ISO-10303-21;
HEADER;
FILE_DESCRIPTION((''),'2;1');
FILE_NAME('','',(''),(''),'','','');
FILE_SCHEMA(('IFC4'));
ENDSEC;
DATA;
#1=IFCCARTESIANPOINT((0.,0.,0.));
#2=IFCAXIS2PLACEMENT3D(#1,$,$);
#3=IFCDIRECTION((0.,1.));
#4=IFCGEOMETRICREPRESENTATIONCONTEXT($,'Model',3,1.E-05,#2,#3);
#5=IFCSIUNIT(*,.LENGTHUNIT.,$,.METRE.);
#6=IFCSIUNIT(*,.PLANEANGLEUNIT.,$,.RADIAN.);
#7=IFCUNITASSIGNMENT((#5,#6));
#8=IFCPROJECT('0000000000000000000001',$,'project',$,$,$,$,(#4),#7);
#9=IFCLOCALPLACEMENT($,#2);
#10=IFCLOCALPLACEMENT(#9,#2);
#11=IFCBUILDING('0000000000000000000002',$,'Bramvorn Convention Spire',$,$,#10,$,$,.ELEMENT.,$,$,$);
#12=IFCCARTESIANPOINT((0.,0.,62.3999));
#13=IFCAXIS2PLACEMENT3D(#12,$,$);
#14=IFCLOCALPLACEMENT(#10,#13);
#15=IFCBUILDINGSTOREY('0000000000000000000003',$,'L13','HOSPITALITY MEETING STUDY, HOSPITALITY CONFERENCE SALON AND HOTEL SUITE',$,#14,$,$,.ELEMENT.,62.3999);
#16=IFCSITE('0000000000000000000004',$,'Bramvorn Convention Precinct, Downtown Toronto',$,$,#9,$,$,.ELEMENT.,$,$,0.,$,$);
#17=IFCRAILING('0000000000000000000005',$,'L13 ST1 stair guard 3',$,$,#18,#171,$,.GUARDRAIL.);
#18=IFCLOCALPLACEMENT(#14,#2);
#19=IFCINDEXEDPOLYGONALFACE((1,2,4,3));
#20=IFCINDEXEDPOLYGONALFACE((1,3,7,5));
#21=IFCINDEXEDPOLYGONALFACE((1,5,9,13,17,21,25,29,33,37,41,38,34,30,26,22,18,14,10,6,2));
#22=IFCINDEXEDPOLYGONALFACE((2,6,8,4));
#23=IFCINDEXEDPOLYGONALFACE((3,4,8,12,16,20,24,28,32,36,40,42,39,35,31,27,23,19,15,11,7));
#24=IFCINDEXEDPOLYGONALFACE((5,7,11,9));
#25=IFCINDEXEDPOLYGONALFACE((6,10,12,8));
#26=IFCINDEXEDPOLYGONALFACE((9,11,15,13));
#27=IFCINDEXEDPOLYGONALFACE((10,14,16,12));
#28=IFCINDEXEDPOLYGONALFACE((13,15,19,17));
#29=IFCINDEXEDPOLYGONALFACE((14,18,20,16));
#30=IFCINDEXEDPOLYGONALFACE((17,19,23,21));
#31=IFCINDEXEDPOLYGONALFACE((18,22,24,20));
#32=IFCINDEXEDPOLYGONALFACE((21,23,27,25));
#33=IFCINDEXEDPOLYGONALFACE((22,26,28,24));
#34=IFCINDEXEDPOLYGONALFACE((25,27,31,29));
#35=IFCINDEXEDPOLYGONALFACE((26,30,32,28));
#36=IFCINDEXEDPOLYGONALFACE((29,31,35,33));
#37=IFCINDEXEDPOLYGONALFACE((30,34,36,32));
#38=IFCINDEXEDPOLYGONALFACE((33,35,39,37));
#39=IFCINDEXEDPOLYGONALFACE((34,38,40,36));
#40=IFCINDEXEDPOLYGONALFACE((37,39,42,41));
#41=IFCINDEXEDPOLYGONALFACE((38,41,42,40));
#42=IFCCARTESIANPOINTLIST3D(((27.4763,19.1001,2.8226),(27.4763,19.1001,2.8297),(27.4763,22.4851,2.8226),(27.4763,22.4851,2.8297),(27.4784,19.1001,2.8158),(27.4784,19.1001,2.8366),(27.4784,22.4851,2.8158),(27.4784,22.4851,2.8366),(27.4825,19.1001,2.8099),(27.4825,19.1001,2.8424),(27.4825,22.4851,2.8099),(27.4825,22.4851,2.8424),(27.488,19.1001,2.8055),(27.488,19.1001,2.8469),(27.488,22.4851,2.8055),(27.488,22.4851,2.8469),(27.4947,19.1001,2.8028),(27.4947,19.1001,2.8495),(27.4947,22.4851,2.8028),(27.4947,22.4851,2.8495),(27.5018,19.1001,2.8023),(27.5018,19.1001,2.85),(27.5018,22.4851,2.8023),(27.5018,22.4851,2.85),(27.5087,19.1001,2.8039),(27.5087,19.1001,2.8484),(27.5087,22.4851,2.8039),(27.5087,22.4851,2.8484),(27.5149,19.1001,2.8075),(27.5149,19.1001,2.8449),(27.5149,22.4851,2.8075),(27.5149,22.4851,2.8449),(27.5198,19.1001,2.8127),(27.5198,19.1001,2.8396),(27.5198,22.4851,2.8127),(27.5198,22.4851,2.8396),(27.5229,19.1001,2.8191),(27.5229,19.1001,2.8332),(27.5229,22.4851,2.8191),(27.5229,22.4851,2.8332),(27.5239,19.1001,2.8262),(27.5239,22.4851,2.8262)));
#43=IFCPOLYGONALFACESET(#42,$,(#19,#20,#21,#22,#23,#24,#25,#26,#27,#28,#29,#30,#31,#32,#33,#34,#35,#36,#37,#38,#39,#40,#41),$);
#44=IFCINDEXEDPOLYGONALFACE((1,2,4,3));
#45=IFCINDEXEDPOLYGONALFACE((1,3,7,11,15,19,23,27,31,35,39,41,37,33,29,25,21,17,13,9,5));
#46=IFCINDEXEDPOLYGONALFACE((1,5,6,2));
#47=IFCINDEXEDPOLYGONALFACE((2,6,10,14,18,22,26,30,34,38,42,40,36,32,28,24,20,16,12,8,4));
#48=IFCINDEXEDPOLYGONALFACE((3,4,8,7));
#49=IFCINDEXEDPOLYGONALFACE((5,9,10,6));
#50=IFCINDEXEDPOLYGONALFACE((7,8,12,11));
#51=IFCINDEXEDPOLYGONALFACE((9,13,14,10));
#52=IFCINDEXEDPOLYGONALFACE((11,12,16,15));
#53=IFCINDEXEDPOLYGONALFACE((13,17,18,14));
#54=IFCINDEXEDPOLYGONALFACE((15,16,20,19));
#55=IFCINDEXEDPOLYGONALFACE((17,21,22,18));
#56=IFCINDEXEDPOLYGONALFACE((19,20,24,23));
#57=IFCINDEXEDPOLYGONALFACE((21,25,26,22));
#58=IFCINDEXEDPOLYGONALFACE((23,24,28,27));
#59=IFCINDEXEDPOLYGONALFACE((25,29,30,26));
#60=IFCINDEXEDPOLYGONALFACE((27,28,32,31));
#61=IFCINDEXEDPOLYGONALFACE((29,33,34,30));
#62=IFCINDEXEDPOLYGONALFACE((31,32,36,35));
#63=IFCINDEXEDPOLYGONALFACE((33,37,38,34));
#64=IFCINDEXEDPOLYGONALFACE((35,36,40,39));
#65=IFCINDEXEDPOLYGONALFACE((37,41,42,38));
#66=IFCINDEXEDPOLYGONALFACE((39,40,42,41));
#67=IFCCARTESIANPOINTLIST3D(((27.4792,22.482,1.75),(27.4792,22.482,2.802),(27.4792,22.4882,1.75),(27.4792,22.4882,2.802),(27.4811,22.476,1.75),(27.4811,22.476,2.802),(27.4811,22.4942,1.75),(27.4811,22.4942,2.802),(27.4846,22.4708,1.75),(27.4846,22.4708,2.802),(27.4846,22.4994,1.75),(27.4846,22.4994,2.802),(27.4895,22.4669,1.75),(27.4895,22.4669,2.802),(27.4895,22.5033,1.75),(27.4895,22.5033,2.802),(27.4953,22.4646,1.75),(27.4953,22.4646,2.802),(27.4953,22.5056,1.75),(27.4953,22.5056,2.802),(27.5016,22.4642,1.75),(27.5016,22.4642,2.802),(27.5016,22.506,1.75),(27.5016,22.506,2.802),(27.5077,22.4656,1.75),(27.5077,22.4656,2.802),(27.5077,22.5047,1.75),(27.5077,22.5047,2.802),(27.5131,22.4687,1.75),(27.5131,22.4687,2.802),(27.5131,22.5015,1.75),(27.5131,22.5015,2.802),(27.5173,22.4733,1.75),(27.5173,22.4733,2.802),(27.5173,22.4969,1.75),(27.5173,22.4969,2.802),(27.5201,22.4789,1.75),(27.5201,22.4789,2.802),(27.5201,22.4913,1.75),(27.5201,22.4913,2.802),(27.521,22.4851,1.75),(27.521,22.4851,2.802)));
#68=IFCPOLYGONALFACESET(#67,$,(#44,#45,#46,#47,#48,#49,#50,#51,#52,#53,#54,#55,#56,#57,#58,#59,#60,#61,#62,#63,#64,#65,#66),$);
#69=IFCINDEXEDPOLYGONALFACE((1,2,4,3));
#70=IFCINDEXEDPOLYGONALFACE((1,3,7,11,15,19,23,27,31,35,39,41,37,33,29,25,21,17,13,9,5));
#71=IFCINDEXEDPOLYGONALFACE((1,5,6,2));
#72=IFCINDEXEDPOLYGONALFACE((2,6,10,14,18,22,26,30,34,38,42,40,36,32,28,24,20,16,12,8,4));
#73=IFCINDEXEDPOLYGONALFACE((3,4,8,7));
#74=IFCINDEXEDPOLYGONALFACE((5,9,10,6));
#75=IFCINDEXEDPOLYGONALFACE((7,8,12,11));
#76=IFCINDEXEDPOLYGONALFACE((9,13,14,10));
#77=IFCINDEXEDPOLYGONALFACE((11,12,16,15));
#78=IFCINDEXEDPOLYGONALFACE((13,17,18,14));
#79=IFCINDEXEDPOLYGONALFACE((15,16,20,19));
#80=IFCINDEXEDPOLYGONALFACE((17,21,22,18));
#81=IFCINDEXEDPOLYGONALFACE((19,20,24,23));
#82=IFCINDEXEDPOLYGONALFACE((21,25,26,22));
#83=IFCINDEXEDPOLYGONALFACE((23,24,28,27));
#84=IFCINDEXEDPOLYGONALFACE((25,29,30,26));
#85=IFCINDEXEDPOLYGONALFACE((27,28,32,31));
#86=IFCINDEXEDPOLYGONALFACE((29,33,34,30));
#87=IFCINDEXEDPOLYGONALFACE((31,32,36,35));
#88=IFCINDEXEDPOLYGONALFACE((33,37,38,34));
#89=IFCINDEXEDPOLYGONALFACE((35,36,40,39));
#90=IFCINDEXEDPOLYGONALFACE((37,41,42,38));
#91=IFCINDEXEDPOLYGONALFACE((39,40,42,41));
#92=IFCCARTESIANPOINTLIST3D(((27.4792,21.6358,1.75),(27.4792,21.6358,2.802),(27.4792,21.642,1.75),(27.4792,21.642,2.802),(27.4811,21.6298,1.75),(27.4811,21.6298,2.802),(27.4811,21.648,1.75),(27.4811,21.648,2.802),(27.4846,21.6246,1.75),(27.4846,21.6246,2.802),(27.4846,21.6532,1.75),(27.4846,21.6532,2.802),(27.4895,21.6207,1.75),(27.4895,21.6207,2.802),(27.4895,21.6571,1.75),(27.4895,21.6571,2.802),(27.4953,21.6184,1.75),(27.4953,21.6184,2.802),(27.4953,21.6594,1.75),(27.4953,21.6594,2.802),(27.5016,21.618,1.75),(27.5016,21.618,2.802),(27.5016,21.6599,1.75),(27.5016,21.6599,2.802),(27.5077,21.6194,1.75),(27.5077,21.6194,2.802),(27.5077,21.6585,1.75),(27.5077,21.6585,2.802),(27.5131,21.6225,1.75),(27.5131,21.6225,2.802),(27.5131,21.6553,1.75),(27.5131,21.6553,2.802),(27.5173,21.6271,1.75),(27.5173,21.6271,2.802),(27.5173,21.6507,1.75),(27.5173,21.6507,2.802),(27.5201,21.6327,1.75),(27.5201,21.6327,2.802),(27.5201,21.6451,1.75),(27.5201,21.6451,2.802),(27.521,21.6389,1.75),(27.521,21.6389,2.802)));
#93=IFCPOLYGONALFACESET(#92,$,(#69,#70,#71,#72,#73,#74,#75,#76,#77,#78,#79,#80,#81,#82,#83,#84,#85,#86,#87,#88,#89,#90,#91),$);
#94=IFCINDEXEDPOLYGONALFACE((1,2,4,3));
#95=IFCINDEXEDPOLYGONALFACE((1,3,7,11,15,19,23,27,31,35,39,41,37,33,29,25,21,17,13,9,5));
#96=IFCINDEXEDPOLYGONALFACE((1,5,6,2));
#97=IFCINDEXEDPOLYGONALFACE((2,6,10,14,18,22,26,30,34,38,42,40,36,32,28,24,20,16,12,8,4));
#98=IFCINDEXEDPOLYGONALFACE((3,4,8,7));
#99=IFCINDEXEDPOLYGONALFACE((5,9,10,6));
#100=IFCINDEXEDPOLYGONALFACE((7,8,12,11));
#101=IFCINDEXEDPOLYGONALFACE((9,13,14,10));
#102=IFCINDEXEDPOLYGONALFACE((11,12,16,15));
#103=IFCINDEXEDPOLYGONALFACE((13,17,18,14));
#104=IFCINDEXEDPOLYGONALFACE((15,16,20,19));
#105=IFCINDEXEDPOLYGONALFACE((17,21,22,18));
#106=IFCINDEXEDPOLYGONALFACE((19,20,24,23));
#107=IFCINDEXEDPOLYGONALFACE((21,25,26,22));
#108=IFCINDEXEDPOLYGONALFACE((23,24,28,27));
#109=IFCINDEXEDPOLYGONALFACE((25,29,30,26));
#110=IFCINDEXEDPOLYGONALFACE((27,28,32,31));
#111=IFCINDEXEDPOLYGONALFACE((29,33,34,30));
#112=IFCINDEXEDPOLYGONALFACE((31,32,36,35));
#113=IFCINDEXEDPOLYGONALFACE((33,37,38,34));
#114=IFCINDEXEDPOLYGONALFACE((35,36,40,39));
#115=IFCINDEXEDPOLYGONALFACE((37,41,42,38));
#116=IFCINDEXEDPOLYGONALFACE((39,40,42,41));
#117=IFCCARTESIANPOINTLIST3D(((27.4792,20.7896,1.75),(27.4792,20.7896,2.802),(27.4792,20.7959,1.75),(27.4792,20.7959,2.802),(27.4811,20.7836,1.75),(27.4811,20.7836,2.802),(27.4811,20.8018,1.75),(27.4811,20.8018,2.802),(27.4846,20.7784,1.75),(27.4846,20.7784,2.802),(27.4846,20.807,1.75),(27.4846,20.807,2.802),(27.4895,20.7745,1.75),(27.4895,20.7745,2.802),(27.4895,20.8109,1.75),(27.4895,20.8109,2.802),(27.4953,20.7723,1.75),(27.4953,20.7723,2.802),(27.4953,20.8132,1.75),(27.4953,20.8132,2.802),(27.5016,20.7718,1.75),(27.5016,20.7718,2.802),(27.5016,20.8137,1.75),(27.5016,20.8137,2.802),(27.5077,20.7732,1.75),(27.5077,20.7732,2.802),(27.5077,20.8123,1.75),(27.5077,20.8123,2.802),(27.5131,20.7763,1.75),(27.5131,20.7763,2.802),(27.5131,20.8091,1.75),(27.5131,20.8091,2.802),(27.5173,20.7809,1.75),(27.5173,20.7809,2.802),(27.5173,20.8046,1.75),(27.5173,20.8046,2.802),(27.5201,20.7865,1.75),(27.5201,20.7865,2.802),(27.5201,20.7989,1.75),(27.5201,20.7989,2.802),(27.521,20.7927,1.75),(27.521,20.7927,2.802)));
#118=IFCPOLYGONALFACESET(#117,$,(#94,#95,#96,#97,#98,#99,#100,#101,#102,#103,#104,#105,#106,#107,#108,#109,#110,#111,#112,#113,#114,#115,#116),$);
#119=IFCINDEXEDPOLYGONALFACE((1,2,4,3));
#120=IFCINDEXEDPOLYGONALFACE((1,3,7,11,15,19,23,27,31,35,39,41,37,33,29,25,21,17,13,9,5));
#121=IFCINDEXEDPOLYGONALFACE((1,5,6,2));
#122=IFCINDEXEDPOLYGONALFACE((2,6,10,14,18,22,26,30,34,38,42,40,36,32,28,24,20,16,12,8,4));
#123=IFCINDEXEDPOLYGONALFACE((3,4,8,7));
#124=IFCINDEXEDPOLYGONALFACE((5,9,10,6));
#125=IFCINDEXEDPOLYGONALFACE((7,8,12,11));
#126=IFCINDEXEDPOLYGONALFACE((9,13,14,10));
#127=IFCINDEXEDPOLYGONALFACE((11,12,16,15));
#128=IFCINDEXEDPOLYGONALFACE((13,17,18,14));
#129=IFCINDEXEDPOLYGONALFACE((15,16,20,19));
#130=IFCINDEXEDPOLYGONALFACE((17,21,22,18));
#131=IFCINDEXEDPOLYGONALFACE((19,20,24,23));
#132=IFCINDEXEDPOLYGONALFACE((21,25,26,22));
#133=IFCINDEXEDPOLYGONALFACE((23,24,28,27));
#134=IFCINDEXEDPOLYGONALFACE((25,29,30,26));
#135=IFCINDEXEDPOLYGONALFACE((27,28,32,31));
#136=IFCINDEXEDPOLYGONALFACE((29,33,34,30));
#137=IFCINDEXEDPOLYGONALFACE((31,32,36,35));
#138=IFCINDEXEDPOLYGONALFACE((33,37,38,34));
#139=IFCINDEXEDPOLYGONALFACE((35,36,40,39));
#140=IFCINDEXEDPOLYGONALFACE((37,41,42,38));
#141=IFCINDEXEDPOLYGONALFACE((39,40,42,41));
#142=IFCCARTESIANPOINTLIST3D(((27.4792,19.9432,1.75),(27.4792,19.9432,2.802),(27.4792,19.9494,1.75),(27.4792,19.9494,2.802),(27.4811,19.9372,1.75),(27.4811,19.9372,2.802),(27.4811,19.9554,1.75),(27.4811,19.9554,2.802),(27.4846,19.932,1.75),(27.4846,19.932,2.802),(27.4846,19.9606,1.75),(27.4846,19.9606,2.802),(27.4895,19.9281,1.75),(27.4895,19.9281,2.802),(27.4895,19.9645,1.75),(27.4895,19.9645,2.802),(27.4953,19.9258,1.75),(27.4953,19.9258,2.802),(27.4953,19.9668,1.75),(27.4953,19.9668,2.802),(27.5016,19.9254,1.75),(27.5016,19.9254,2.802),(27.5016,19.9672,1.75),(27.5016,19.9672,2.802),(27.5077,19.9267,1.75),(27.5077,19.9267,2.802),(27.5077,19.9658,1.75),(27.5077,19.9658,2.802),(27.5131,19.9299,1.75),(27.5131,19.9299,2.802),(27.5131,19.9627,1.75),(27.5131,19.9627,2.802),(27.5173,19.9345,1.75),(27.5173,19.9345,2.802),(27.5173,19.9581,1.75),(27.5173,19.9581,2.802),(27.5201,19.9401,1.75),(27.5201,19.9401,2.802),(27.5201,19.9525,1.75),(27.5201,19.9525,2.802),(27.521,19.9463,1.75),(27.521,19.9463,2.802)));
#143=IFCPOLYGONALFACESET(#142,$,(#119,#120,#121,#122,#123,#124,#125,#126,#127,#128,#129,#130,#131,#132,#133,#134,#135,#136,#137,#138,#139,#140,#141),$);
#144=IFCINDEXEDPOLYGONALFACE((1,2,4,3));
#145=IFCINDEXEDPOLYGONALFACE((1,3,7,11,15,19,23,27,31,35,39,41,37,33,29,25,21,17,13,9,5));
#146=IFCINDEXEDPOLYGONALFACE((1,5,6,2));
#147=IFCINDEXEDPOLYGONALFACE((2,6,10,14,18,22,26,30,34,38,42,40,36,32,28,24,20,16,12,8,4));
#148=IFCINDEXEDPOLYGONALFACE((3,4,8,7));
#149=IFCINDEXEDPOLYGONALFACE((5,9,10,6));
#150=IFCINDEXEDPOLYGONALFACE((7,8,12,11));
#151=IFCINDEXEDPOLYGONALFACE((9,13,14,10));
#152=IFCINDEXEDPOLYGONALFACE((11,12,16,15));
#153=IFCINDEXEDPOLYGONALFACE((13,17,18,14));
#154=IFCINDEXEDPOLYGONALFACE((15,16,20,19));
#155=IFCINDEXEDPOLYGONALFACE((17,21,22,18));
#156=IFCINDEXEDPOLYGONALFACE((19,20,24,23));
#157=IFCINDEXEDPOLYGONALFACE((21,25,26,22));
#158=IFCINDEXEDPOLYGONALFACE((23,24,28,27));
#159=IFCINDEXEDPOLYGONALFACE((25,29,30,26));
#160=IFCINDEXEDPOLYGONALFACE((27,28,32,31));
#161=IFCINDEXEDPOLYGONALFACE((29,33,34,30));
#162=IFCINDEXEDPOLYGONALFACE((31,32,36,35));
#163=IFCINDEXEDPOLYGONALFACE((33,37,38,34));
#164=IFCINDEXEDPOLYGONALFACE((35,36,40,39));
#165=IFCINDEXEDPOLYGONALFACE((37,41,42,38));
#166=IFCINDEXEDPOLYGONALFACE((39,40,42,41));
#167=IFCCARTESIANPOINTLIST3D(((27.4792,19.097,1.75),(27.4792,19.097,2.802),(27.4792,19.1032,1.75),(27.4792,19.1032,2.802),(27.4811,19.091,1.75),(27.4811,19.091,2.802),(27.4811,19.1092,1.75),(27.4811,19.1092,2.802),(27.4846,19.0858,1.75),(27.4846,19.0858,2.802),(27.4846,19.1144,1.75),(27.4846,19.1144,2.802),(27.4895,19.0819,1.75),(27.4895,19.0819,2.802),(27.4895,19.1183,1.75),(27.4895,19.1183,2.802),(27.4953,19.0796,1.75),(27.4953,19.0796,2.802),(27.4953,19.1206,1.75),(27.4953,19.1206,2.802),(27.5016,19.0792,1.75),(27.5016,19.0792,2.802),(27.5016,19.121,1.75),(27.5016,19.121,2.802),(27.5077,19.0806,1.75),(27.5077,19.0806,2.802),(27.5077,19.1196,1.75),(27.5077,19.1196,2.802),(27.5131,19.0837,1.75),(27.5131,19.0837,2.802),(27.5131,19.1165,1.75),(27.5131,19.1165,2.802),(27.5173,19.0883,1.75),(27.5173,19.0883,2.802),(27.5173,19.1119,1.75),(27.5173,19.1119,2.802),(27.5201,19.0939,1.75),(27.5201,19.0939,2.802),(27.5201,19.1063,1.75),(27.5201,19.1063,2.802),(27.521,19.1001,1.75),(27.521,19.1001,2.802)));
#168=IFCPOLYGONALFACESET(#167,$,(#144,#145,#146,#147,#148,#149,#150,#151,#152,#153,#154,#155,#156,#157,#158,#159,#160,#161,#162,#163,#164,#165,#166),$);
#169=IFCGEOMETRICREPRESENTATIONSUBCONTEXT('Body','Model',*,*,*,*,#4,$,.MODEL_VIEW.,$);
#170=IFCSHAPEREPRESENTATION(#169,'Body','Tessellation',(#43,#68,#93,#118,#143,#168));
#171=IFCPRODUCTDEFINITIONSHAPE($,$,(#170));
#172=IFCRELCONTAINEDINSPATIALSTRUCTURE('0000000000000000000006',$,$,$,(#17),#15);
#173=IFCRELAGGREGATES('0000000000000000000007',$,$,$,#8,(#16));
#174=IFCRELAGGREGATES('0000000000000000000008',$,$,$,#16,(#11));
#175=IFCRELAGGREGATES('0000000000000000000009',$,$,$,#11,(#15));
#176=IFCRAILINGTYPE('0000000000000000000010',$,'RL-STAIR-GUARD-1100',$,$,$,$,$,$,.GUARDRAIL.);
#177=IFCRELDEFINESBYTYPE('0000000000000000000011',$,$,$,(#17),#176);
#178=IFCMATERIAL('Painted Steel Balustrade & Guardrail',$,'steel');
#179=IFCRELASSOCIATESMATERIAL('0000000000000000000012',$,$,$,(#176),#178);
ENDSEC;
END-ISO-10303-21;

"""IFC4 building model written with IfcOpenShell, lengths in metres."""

from ifc_helpers import new_model, si_unit, direction, frame, origin, origin_2d, place, context, subcontext, project, spatial, circle, extrude, material, type_object, element, save


model = new_model("IFC4")

# Units and contexts
model_context = context("Model", 3, precision=1e-05, world=origin(), true_north=direction((0.0, 1.0)))
body_context = subcontext(model_context, "Body", "Model", "MODEL_VIEW")
ifc_project = project(units=[si_unit("LENGTHUNIT", "METRE"), si_unit("PLANEANGLEUNIT", "RADIAN")], contexts=[model_context])

# Site, building, storey
site_placement = place(None, origin())
site = spatial("IfcSite", under=ifc_project, at=site_placement, Name="Bramvorn Convention Precinct, Downtown Toronto", CompositionType="ELEMENT", RefElevation=0.0)
building_placement = place(site_placement, origin())
building = spatial("IfcBuilding", under=site, at=building_placement, Name="Bramvorn Convention Spire", CompositionType="ELEMENT")
storey_placement = place(building_placement, frame((0.0, 0.0, 62.3999)))
storey = spatial("IfcBuildingStorey", under=building, at=storey_placement, Name="L13", Description="HOSPITALITY MEETING STUDY, HOSPITALITY CONFERENCE SALON AND HOTEL SUITE", CompositionType="ELEMENT", Elevation=62.3999)

# Railing
ifc_material_1 = material(Name="Painted Steel Balustrade & Guardrail", Category="steel")
railing_type_1 = type_object("IfcRailingType", Name="RL-STAIR-GUARD-1100", PredefinedType="GUARDRAIL", material=ifc_material_1)
for number, where, name in (
    (1, (27.5, 22.4851, 1.75), "L13 ST1 stair guard 3"),
):
    element("IfcRailing", number, at=place(storey_placement, frame(where)), inside=storey, type_object=railing_type_1, Name=name, PredefinedType="GUARDRAIL", context=body_context, shape_type="SweptSolid", body=[
        extrude(circle(Radius=0.0239, at=origin_2d()), frame((0.0, 0.0, 1.0762), z_axis=(0.0, -1.0, 0.0), x_axis=(1.0, 0.0, 0.0)), (0.0, 0.0, 1.0), 3.385),
        extrude(circle(Radius=0.021, at=origin_2d()), origin(), (0.0, 0.0, 1.0), 1.052),
        extrude(circle(Radius=0.021, at=origin_2d()), frame((0.0, -0.8462, 0.0)), (0.0, 0.0, 1.0), 1.052),
        extrude(circle(Radius=0.021, at=origin_2d()), frame((0.0, -1.6924, 0.0)), (0.0, 0.0, 1.0), 1.052),
        extrude(circle(Radius=0.021, at=origin_2d()), frame((0.0, -2.5388, 0.0)), (0.0, 0.0, 1.0), 1.052),
        extrude(circle(Radius=0.021, at=origin_2d()), frame((0.0, -3.385, 0.0)), (0.0, 0.0, 1.0), 1.052),
    ])

save(model, "model.ifc")
